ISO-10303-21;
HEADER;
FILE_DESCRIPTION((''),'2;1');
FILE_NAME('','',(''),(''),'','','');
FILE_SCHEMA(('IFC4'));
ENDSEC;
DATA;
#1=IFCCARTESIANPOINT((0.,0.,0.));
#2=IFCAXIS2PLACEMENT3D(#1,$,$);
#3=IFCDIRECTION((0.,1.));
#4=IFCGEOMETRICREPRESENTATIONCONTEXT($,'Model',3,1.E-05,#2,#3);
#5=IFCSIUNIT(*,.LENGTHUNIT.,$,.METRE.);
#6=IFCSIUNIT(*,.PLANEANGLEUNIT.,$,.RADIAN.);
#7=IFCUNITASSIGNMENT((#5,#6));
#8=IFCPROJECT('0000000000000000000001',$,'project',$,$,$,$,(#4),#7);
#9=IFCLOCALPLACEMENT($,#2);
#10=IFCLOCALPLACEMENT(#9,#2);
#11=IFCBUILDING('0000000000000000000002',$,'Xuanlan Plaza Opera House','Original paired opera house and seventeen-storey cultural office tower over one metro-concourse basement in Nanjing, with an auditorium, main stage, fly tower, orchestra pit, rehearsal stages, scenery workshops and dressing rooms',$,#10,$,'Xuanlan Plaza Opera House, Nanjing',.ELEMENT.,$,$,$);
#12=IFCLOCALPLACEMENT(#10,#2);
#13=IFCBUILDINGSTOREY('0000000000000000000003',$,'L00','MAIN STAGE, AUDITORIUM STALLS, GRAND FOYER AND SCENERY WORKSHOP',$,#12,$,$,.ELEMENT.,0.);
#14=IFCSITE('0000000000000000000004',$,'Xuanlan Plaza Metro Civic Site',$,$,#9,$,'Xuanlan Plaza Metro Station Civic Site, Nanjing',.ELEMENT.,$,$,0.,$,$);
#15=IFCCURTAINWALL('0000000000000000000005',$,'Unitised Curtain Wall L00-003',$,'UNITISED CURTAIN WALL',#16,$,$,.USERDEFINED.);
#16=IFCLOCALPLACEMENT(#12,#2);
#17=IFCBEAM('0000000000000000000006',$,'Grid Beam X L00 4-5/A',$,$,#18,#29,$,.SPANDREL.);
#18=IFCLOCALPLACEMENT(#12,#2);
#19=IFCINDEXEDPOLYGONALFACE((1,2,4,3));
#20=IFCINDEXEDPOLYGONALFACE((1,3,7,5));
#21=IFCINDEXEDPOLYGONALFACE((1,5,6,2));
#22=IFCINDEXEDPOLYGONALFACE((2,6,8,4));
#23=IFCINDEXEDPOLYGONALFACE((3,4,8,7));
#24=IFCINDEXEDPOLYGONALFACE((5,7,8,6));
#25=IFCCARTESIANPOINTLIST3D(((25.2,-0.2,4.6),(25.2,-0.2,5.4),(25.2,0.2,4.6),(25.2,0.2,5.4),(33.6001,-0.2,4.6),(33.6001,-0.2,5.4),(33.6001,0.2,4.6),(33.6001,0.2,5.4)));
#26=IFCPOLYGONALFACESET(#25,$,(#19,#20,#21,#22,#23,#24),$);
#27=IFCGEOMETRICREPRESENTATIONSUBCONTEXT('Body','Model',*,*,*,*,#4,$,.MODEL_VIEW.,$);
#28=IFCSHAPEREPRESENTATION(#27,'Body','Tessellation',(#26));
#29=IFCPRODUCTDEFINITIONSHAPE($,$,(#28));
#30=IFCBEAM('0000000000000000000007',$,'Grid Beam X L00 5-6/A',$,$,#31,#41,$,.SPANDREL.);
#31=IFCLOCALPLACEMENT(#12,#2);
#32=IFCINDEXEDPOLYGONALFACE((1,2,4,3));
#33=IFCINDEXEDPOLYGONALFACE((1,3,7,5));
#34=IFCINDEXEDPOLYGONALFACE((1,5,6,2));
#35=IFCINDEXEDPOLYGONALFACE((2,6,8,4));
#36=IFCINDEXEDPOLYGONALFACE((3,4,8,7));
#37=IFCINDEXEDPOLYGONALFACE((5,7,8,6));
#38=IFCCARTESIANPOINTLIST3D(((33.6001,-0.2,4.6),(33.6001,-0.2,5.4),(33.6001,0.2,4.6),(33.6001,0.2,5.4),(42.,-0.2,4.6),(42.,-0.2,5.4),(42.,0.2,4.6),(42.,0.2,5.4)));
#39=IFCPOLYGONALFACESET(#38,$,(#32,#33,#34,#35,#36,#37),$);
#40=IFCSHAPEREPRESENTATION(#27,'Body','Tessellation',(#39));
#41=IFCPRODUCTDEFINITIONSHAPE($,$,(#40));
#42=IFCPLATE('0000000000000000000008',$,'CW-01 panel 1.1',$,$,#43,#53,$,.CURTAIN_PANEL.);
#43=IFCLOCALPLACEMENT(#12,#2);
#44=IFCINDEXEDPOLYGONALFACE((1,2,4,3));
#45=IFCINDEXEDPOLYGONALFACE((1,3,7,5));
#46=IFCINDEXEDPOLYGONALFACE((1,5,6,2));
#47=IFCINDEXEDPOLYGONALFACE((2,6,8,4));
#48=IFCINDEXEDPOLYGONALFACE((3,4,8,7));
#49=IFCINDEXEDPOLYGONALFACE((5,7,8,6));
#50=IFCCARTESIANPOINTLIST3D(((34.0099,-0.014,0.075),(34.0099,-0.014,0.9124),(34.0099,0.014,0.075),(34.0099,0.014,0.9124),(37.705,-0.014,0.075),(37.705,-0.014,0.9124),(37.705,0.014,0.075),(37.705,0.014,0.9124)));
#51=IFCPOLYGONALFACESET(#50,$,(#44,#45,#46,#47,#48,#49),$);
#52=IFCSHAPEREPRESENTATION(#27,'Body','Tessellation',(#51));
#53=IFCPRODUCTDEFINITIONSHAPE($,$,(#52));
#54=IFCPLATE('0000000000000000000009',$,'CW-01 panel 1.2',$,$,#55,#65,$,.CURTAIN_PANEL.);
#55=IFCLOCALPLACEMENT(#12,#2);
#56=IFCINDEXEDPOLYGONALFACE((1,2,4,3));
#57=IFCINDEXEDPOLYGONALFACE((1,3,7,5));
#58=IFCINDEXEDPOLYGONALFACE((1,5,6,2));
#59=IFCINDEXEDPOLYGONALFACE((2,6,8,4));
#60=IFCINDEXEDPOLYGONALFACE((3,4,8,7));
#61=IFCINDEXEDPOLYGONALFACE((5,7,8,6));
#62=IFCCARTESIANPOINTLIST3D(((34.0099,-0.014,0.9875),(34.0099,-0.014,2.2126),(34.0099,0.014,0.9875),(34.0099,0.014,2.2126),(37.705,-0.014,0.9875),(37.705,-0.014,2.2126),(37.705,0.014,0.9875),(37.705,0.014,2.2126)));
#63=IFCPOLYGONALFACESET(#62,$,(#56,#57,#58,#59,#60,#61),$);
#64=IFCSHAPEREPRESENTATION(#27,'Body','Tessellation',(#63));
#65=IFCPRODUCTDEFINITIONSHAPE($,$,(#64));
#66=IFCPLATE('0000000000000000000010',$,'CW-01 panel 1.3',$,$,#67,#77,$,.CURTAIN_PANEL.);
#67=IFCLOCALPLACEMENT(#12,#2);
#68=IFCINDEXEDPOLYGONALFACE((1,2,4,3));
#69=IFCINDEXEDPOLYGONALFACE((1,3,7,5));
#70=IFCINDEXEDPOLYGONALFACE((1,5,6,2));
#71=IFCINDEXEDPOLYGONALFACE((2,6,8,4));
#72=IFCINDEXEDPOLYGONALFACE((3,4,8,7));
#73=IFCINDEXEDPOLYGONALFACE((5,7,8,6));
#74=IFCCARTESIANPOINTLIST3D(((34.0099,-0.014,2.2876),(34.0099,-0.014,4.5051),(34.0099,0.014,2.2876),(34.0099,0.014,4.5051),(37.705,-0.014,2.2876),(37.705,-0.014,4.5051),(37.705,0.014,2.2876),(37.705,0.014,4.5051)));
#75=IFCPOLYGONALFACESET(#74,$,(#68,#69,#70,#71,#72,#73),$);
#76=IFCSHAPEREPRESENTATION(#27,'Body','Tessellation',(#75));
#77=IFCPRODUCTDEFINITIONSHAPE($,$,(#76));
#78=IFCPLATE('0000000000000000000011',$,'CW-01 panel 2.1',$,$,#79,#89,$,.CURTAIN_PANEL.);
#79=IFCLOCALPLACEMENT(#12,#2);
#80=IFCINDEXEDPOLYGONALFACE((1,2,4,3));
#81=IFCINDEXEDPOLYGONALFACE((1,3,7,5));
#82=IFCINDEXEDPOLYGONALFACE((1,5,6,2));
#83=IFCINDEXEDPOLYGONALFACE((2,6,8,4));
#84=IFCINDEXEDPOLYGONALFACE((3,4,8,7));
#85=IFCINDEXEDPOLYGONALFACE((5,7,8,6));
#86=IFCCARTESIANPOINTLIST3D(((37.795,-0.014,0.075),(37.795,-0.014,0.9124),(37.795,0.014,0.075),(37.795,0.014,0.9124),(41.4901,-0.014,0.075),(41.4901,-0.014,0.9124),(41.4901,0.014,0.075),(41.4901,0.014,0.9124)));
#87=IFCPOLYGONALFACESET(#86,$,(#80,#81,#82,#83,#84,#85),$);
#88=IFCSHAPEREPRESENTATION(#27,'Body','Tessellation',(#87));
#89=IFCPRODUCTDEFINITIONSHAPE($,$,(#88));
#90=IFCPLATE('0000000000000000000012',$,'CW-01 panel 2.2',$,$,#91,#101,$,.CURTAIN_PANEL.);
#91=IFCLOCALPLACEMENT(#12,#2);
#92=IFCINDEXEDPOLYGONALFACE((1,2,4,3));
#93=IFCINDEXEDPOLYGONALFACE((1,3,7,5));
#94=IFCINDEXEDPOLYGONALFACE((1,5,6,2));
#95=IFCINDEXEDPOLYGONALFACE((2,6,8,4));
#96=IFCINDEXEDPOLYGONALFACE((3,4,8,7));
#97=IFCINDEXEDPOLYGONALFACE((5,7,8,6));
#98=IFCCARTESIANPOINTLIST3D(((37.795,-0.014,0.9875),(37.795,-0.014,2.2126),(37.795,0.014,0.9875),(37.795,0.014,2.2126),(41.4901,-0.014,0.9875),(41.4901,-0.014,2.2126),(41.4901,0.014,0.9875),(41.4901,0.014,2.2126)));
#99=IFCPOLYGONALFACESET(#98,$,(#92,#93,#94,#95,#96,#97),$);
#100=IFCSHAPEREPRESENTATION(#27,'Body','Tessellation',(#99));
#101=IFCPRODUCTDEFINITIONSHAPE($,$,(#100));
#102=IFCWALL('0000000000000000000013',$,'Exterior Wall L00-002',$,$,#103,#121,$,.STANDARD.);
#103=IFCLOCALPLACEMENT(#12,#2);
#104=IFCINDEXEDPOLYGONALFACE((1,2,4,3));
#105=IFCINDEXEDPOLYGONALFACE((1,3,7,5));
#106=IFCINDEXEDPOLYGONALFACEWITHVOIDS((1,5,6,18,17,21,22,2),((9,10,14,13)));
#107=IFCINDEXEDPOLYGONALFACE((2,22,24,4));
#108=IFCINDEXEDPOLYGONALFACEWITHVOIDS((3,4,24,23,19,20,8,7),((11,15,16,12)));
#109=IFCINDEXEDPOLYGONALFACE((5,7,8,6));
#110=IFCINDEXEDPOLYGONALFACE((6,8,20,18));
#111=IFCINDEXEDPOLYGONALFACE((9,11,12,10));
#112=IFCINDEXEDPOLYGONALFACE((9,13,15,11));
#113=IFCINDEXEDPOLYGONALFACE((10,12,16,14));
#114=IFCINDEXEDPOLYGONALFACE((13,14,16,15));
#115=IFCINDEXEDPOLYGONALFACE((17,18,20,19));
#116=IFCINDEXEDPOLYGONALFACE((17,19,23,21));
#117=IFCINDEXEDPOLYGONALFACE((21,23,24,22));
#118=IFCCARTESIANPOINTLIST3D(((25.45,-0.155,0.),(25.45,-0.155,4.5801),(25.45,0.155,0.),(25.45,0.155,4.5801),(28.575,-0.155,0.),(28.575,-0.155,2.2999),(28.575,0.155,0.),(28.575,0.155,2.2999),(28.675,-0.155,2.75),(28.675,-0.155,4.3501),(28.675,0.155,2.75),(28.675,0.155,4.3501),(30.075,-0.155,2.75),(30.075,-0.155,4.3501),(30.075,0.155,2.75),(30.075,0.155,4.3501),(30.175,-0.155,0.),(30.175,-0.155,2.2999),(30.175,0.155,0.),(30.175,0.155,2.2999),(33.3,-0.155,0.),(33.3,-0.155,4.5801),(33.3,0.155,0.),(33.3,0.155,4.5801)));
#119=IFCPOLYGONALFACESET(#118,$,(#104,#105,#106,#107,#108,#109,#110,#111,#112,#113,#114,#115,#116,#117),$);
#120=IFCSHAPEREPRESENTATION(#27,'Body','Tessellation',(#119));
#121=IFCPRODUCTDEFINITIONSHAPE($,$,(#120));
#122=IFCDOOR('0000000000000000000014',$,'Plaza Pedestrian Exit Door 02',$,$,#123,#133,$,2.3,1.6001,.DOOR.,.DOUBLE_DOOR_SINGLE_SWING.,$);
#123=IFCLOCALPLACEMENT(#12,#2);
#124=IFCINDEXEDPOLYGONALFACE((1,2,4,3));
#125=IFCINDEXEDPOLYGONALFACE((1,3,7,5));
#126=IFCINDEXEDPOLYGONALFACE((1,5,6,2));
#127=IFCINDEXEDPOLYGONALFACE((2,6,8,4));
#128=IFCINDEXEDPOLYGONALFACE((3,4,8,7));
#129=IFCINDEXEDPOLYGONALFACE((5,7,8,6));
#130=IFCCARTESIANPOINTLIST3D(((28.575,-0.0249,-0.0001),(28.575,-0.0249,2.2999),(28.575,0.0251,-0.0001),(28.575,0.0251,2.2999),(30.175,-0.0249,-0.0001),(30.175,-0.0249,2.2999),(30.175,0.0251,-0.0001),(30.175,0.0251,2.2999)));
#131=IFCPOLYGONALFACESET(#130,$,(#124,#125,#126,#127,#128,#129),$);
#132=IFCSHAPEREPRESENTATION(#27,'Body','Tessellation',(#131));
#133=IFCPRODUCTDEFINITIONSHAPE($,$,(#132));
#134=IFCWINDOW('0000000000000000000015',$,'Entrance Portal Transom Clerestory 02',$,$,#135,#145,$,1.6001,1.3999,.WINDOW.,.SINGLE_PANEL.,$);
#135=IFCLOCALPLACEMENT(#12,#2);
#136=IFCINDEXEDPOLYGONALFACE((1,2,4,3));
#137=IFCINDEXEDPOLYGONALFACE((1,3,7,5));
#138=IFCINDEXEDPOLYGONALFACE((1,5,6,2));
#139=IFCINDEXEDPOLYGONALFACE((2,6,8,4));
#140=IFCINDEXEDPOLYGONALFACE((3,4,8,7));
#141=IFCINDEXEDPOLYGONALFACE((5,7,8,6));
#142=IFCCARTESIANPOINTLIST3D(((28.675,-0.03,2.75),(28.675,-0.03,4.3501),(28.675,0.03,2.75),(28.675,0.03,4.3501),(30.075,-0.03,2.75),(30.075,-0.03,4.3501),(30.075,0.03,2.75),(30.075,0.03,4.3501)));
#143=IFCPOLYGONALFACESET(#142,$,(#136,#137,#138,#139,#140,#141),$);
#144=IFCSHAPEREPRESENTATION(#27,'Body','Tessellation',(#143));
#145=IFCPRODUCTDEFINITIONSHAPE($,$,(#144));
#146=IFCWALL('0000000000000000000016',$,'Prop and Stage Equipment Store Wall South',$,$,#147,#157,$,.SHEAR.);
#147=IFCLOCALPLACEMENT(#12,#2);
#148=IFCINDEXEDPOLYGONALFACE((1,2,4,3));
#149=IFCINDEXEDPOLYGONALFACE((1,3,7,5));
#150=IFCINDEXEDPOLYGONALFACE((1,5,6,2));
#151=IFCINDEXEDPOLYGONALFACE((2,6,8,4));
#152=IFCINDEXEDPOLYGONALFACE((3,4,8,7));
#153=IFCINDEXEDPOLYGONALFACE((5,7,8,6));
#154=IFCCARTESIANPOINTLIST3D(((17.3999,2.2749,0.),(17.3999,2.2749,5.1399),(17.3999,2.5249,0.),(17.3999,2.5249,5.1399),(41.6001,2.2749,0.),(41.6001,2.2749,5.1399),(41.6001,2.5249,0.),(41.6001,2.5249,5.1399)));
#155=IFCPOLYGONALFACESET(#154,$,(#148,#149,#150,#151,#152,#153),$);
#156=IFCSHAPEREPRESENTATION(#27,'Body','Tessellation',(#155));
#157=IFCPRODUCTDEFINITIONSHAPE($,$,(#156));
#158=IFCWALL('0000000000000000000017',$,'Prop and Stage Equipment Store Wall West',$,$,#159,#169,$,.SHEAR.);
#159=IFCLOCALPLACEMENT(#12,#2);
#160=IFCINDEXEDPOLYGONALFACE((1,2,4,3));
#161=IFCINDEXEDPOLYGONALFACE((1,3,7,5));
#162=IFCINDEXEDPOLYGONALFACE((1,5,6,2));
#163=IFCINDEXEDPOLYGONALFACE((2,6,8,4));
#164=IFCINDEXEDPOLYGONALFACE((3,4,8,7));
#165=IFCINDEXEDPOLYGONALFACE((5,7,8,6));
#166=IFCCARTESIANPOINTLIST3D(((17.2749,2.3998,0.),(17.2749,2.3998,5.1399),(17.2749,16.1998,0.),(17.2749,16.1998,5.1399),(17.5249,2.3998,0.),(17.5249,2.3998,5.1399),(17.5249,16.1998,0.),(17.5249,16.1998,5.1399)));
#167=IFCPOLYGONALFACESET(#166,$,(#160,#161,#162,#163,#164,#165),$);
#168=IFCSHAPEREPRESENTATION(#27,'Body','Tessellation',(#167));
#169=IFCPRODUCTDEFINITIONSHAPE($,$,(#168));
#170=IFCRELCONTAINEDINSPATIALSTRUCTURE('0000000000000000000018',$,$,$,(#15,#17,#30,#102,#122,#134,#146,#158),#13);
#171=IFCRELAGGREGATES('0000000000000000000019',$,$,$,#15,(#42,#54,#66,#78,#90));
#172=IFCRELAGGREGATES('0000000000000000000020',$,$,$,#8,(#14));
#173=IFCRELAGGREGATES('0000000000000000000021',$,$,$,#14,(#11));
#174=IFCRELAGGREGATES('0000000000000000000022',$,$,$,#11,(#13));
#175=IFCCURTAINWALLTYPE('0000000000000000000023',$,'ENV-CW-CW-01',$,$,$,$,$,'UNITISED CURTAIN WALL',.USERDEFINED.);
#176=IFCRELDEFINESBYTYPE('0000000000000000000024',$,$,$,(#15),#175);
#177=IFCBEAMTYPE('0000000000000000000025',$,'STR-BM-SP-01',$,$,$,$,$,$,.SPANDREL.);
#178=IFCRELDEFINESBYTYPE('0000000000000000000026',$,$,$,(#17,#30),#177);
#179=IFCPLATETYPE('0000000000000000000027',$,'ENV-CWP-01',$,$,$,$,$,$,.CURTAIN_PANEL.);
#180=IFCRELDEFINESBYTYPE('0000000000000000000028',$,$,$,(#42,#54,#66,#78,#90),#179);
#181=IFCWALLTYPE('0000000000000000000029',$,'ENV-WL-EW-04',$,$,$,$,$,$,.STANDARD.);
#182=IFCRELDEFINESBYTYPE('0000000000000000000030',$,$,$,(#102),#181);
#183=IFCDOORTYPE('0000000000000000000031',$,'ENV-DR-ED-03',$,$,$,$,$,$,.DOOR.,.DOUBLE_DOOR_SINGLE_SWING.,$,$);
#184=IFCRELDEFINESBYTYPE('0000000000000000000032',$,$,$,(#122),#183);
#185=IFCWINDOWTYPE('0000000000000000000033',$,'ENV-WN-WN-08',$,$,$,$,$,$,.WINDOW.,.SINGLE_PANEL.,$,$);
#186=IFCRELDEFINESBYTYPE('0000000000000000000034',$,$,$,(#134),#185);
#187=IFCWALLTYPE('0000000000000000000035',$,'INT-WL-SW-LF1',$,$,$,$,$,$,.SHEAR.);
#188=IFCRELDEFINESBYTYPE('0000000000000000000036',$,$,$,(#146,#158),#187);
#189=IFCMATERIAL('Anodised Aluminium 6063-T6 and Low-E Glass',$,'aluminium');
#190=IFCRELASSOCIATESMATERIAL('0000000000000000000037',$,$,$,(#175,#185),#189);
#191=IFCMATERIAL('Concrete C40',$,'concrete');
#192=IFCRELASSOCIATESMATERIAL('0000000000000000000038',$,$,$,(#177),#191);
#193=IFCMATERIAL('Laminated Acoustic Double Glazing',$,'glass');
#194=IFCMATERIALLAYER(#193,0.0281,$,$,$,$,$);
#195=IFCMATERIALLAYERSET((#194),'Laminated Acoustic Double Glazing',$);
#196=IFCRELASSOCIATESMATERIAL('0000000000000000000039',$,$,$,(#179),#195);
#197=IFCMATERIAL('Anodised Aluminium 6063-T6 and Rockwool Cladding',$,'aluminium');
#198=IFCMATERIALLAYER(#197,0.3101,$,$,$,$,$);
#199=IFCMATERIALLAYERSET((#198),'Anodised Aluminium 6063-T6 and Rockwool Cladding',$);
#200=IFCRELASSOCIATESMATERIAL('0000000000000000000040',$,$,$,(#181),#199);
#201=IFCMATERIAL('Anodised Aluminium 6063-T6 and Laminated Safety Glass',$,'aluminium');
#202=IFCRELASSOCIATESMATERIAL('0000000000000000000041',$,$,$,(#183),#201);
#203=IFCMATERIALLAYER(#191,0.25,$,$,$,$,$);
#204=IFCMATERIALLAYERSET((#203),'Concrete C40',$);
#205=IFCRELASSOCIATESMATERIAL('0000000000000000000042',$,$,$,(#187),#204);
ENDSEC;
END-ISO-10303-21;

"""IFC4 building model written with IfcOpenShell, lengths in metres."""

from ifc_helpers import new_model, si_unit, direction, frame, frame_2d, origin, origin_2d, place, context, subcontext, project, spatial, rectangle, extrude, material, layer, layer_set, material_profile, profile_set, type_object, element, fill, aggregate, save


model = new_model("IFC4")

# Units and contexts
model_context = context("Model", 3, precision=1e-05, world=origin(), true_north=direction((0.0, 1.0)))
body_context = subcontext(model_context, "Body", "Model", "MODEL_VIEW")
ifc_project = project(units=[si_unit("LENGTHUNIT", "METRE"), si_unit("PLANEANGLEUNIT", "RADIAN")], contexts=[model_context])

# Site, building, storey
site_placement = place(None, origin())
site = spatial("IfcSite", under=ifc_project, at=site_placement, Name="Xuanlan Plaza Metro Civic Site", LongName="Xuanlan Plaza Metro Station Civic Site, Nanjing", CompositionType="ELEMENT", RefElevation=0.0)
building_placement = place(site_placement, origin())
building = spatial("IfcBuilding", under=site, at=building_placement, Name="Xuanlan Plaza Opera House", Description="Original paired opera house and seventeen-storey cultural office tower over one metro-concourse basement in Nanjing, with an auditorium, main stage, fly tower, orchestra pit, rehearsal stages, scenery workshops and dressing rooms", LongName="Xuanlan Plaza Opera House, Nanjing", CompositionType="ELEMENT")
storey_placement = place(building_placement, origin())
storey = spatial("IfcBuildingStorey", under=building, at=storey_placement, Name="L00", Description="MAIN STAGE, AUDITORIUM STALLS, GRAND FOYER AND SCENERY WORKSHOP", CompositionType="ELEMENT", Elevation=0.0)

# Shared definitions
ifc_material_1 = material(Name="Concrete C40", Category="concrete")

# Curtain wall
ifc_material_2 = material(Name="Anodised Aluminium 6063-T6 and Low-E Glass", Category="aluminium")
curtain_wall_type = type_object("IfcCurtainWallType", Name="ENV-CW-CW-01", ElementType="UNITISED CURTAIN WALL", PredefinedType="USERDEFINED", material=ifc_material_2)
curtain_wall_placement = place(storey_placement, origin())
curtain_wall = element("IfcCurtainWall", 1, at=curtain_wall_placement, inside=storey, type_object=curtain_wall_type, Name="Unitised Curtain Wall L00-003", ObjectType="UNITISED CURTAIN WALL", PredefinedType="USERDEFINED")

# Beams
ifc_material_profile_1 = material_profile(ifc_material_1, rectangle(XDim=0.3999, YDim=0.8, at=origin_2d()), Name="RC-SPD 400x800")
ifc_profile_set_1 = profile_set([ifc_material_profile_1], Name="Concrete C40")
beam_type_1 = type_object("IfcBeamType", Name="STR-BM-SP-01", PredefinedType="SPANDREL", material=ifc_profile_set_1)
beam_1_placement = place(storey_placement, frame((25.2, 0.0, 5.0), z_axis=(1.0, 0.0, 0.0), x_axis=(0.0, 1.0, 0.0)))
element("IfcBeam", 2, at=beam_1_placement, inside=storey, type_object=beam_type_1, Name="Grid Beam X L00 4-5/A", PredefinedType="SPANDREL", context=body_context, shape_type="SweptSolid", body=[
    extrude(rectangle(XDim=0.3999, YDim=0.8, at=origin_2d()), origin(), (0.0, 0.0, 1.0), 8.4001),
])
beam_2_placement = place(storey_placement, frame((33.6001, 0.0, 5.0), z_axis=(1.0, 0.0, 0.0), x_axis=(0.0, 1.0, 0.0)))
element("IfcBeam", 3, at=beam_2_placement, inside=storey, type_object=beam_type_1, Name="Grid Beam X L00 5-6/A", PredefinedType="SPANDREL", context=body_context, shape_type="SweptSolid", body=[
    extrude(rectangle(XDim=0.3999, YDim=0.8, at=origin_2d()), origin(), (0.0, 0.0, 1.0), 8.3999),
])

# Plates
ifc_material_3 = material(Name="Laminated Acoustic Double Glazing", Category="glass")
ifc_layer_1 = layer(ifc_material_3, 0.0281)
ifc_layer_set_1 = layer_set([ifc_layer_1], Name="Laminated Acoustic Double Glazing")
plate_type = type_object("IfcPlateType", Name="ENV-CWP-01", PredefinedType="CURTAIN_PANEL", material=ifc_layer_set_1)
plate_1_placement = place(storey_placement, frame((35.8574, 0.0, 0.075), z_axis=(0.0, 0.0, 1.0), x_axis=(1.0, 0.0, 0.0)))
plate_1 = element("IfcPlate", 4, at=plate_1_placement, type_object=plate_type, Name="CW-01 panel 1.1", PredefinedType="CURTAIN_PANEL", context=body_context, shape_type="SweptSolid", body=[
    extrude(rectangle(XDim=3.6951, YDim=0.0281, at=origin_2d()), origin(), (0.0, 0.0, 1.0), 0.8374),
])
plate_2_placement = place(storey_placement, frame((35.8574, 0.0, 0.9875), z_axis=(0.0, 0.0, 1.0), x_axis=(1.0, 0.0, 0.0)))
plate_2 = element("IfcPlate", 5, at=plate_2_placement, type_object=plate_type, Name="CW-01 panel 1.2", PredefinedType="CURTAIN_PANEL", context=body_context, shape_type="SweptSolid", body=[
    extrude(rectangle(XDim=3.6951, YDim=0.0281, at=origin_2d()), origin(), (0.0, 0.0, 1.0), 1.2251),
])
plate_3_placement = place(storey_placement, frame((35.8574, 0.0, 2.2876), z_axis=(0.0, 0.0, 1.0), x_axis=(1.0, 0.0, 0.0)))
plate_3 = element("IfcPlate", 6, at=plate_3_placement, type_object=plate_type, Name="CW-01 panel 1.3", PredefinedType="CURTAIN_PANEL", context=body_context, shape_type="SweptSolid", body=[
    extrude(rectangle(XDim=3.6951, YDim=0.0281, at=origin_2d()), origin(), (0.0, 0.0, 1.0), 2.2175),
])
plate_4_placement = place(storey_placement, frame((39.6426, 0.0, 0.075), z_axis=(0.0, 0.0, 1.0), x_axis=(1.0, 0.0, 0.0)))
plate_4 = element("IfcPlate", 7, at=plate_4_placement, type_object=plate_type, Name="CW-01 panel 2.1", PredefinedType="CURTAIN_PANEL", context=body_context, shape_type="SweptSolid", body=[
    extrude(rectangle(XDim=3.6951, YDim=0.0281, at=origin_2d()), origin(), (0.0, 0.0, 1.0), 0.8374),
])
plate_5_placement = place(storey_placement, frame((39.6426, 0.0, 0.9875), z_axis=(0.0, 0.0, 1.0), x_axis=(1.0, 0.0, 0.0)))
plate_5 = element("IfcPlate", 8, at=plate_5_placement, type_object=plate_type, Name="CW-01 panel 2.2", PredefinedType="CURTAIN_PANEL", context=body_context, shape_type="SweptSolid", body=[
    extrude(rectangle(XDim=3.6951, YDim=0.0281, at=origin_2d()), origin(), (0.0, 0.0, 1.0), 1.2251),
])
aggregate(curtain_wall, [plate_1, plate_2, plate_3, plate_4, plate_5])

# Wall, openings, door, window
ifc_material_4 = material(Name="Anodised Aluminium 6063-T6 and Rockwool Cladding", Category="aluminium")
ifc_layer_2 = layer(ifc_material_4, 0.3101)
ifc_layer_set_2 = layer_set([ifc_layer_2], Name="Anodised Aluminium 6063-T6 and Rockwool Cladding")
wall_type_1 = type_object("IfcWallType", Name="ENV-WL-EW-04", PredefinedType="STANDARD", material=ifc_layer_set_2)
wall_1_placement = place(storey_placement, frame((25.45, 0.0, 0.0), z_axis=(0.0, 0.0, 1.0), x_axis=(1.0, 0.0, 0.0)))
wall_1 = element("IfcWall", 9, at=wall_1_placement, inside=storey, type_object=wall_type_1, Name="Exterior Wall L00-002", PredefinedType="STANDARD", context=body_context, shape_type="SweptSolid", body=[
    extrude(rectangle(XDim=7.8501, YDim=0.3101, at=frame_2d((3.925, 0.0))), origin(), (0.0, 0.0, 1.0), 4.5801),
])
opening_1_placement = place(wall_1_placement, frame((3.125, 0.0, 0.0)))
opening_1 = element("IfcOpeningElement", 10, at=opening_1_placement, cuts=wall_1, PredefinedType="OPENING", context=body_context, shape_type="SweptSolid", body=[
    extrude(rectangle(XDim=1.6001, YDim=2.3, at=frame_2d((0.8, 1.1499))), frame((0.0, 0.165, 0.0), z_axis=(0.0, -1.0, 0.0), x_axis=(1.0, 0.0, 0.0)), (0.0, 0.0, 1.0), 0.3301),
])
opening_2_placement = place(wall_1_placement, frame((3.2251, 0.0, 2.75)))
opening_2 = element("IfcOpeningElement", 11, at=opening_2_placement, cuts=wall_1, PredefinedType="OPENING", context=body_context, shape_type="SweptSolid", body=[
    extrude(rectangle(XDim=1.3999, YDim=1.6001, at=frame_2d((0.7, 0.8))), frame((0.0, 0.165, 0.0), z_axis=(0.0, -1.0, 0.0), x_axis=(1.0, 0.0, 0.0)), (0.0, 0.0, 1.0), 0.3301),
])
ifc_material_5 = material(Name="Anodised Aluminium 6063-T6 and Laminated Safety Glass", Category="aluminium")
door_type = type_object("IfcDoorType", Name="ENV-DR-ED-03", OperationType="DOUBLE_DOOR_SINGLE_SWING", PredefinedType="DOOR", material=ifc_material_5)
door_placement = place(opening_1_placement, frame((1.6001, 0.0, 0.0), z_axis=(0.0, 0.0, 1.0), x_axis=(-1.0, 0.0, 0.0)))
door = element("IfcDoor", 12, at=door_placement, inside=storey, type_object=door_type, Name="Plaza Pedestrian Exit Door 02", OperationType="DOUBLE_DOOR_SINGLE_SWING", OverallHeight=2.3, OverallWidth=1.6001, PredefinedType="DOOR", context=body_context, shape_type="SweptSolid", body=[
    extrude(rectangle(XDim=1.6001, YDim=2.3, at=frame_2d((0.8, 1.1499))), frame((0.0, 0.0249, 0.0), z_axis=(0.0, -1.0, 0.0), x_axis=(1.0, 0.0, 0.0)), (0.0, 0.0, 1.0), 0.05),
])
fill(opening_1, door)
window_type = type_object("IfcWindowType", Name="ENV-WN-WN-08", PartitioningType="SINGLE_PANEL", PredefinedType="WINDOW", material=ifc_material_2)
window_placement = place(opening_2_placement, origin())
window = element("IfcWindow", 13, at=window_placement, inside=storey, type_object=window_type, Name="Entrance Portal Transom Clerestory 02", OverallHeight=1.6001, OverallWidth=1.3999, PartitioningType="SINGLE_PANEL", PredefinedType="WINDOW", context=body_context, shape_type="SweptSolid", body=[
    extrude(rectangle(XDim=1.3999, YDim=1.6001, at=frame_2d((0.7, 0.8))), frame((0.0, 0.03, 0.0), z_axis=(0.0, -1.0, 0.0), x_axis=(1.0, 0.0, 0.0)), (0.0, 0.0, 1.0), 0.0601),
])
fill(opening_2, window)

# Walls
ifc_layer_3 = layer(ifc_material_1, 0.25)
ifc_layer_set_3 = layer_set([ifc_layer_3], Name="Concrete C40")
wall_type_2 = type_object("IfcWallType", Name="INT-WL-SW-LF1", PredefinedType="SHEAR", material=ifc_layer_set_3)
wall_2_placement = place(storey_placement, frame((17.3999, 2.3999, 0.0), z_axis=(0.0, 0.0, 1.0), x_axis=(1.0, 0.0, 0.0)))
element("IfcWall", 14, at=wall_2_placement, inside=storey, type_object=wall_type_2, Name="Prop and Stage Equipment Store Wall South", PredefinedType="SHEAR", context=body_context, shape_type="SweptSolid", body=[
    extrude(rectangle(XDim=24.2002, YDim=0.25, at=frame_2d((12.1001, 0.0))), origin(), (0.0, 0.0, 1.0), 5.1399),
])
wall_3_placement = place(storey_placement, frame((17.3999, 2.3999, 0.0), z_axis=(0.0, 0.0, 1.0), x_axis=(0.0, 1.0, 0.0)))
element("IfcWall", 15, at=wall_3_placement, inside=storey, type_object=wall_type_2, Name="Prop and Stage Equipment Store Wall West", PredefinedType="SHEAR", context=body_context, shape_type="SweptSolid", body=[
    extrude(rectangle(XDim=13.8, YDim=0.25, at=frame_2d((6.8999, 0.0))), origin(), (0.0, 0.0, 1.0), 5.1399),
])

save(model, "model.ifc")
